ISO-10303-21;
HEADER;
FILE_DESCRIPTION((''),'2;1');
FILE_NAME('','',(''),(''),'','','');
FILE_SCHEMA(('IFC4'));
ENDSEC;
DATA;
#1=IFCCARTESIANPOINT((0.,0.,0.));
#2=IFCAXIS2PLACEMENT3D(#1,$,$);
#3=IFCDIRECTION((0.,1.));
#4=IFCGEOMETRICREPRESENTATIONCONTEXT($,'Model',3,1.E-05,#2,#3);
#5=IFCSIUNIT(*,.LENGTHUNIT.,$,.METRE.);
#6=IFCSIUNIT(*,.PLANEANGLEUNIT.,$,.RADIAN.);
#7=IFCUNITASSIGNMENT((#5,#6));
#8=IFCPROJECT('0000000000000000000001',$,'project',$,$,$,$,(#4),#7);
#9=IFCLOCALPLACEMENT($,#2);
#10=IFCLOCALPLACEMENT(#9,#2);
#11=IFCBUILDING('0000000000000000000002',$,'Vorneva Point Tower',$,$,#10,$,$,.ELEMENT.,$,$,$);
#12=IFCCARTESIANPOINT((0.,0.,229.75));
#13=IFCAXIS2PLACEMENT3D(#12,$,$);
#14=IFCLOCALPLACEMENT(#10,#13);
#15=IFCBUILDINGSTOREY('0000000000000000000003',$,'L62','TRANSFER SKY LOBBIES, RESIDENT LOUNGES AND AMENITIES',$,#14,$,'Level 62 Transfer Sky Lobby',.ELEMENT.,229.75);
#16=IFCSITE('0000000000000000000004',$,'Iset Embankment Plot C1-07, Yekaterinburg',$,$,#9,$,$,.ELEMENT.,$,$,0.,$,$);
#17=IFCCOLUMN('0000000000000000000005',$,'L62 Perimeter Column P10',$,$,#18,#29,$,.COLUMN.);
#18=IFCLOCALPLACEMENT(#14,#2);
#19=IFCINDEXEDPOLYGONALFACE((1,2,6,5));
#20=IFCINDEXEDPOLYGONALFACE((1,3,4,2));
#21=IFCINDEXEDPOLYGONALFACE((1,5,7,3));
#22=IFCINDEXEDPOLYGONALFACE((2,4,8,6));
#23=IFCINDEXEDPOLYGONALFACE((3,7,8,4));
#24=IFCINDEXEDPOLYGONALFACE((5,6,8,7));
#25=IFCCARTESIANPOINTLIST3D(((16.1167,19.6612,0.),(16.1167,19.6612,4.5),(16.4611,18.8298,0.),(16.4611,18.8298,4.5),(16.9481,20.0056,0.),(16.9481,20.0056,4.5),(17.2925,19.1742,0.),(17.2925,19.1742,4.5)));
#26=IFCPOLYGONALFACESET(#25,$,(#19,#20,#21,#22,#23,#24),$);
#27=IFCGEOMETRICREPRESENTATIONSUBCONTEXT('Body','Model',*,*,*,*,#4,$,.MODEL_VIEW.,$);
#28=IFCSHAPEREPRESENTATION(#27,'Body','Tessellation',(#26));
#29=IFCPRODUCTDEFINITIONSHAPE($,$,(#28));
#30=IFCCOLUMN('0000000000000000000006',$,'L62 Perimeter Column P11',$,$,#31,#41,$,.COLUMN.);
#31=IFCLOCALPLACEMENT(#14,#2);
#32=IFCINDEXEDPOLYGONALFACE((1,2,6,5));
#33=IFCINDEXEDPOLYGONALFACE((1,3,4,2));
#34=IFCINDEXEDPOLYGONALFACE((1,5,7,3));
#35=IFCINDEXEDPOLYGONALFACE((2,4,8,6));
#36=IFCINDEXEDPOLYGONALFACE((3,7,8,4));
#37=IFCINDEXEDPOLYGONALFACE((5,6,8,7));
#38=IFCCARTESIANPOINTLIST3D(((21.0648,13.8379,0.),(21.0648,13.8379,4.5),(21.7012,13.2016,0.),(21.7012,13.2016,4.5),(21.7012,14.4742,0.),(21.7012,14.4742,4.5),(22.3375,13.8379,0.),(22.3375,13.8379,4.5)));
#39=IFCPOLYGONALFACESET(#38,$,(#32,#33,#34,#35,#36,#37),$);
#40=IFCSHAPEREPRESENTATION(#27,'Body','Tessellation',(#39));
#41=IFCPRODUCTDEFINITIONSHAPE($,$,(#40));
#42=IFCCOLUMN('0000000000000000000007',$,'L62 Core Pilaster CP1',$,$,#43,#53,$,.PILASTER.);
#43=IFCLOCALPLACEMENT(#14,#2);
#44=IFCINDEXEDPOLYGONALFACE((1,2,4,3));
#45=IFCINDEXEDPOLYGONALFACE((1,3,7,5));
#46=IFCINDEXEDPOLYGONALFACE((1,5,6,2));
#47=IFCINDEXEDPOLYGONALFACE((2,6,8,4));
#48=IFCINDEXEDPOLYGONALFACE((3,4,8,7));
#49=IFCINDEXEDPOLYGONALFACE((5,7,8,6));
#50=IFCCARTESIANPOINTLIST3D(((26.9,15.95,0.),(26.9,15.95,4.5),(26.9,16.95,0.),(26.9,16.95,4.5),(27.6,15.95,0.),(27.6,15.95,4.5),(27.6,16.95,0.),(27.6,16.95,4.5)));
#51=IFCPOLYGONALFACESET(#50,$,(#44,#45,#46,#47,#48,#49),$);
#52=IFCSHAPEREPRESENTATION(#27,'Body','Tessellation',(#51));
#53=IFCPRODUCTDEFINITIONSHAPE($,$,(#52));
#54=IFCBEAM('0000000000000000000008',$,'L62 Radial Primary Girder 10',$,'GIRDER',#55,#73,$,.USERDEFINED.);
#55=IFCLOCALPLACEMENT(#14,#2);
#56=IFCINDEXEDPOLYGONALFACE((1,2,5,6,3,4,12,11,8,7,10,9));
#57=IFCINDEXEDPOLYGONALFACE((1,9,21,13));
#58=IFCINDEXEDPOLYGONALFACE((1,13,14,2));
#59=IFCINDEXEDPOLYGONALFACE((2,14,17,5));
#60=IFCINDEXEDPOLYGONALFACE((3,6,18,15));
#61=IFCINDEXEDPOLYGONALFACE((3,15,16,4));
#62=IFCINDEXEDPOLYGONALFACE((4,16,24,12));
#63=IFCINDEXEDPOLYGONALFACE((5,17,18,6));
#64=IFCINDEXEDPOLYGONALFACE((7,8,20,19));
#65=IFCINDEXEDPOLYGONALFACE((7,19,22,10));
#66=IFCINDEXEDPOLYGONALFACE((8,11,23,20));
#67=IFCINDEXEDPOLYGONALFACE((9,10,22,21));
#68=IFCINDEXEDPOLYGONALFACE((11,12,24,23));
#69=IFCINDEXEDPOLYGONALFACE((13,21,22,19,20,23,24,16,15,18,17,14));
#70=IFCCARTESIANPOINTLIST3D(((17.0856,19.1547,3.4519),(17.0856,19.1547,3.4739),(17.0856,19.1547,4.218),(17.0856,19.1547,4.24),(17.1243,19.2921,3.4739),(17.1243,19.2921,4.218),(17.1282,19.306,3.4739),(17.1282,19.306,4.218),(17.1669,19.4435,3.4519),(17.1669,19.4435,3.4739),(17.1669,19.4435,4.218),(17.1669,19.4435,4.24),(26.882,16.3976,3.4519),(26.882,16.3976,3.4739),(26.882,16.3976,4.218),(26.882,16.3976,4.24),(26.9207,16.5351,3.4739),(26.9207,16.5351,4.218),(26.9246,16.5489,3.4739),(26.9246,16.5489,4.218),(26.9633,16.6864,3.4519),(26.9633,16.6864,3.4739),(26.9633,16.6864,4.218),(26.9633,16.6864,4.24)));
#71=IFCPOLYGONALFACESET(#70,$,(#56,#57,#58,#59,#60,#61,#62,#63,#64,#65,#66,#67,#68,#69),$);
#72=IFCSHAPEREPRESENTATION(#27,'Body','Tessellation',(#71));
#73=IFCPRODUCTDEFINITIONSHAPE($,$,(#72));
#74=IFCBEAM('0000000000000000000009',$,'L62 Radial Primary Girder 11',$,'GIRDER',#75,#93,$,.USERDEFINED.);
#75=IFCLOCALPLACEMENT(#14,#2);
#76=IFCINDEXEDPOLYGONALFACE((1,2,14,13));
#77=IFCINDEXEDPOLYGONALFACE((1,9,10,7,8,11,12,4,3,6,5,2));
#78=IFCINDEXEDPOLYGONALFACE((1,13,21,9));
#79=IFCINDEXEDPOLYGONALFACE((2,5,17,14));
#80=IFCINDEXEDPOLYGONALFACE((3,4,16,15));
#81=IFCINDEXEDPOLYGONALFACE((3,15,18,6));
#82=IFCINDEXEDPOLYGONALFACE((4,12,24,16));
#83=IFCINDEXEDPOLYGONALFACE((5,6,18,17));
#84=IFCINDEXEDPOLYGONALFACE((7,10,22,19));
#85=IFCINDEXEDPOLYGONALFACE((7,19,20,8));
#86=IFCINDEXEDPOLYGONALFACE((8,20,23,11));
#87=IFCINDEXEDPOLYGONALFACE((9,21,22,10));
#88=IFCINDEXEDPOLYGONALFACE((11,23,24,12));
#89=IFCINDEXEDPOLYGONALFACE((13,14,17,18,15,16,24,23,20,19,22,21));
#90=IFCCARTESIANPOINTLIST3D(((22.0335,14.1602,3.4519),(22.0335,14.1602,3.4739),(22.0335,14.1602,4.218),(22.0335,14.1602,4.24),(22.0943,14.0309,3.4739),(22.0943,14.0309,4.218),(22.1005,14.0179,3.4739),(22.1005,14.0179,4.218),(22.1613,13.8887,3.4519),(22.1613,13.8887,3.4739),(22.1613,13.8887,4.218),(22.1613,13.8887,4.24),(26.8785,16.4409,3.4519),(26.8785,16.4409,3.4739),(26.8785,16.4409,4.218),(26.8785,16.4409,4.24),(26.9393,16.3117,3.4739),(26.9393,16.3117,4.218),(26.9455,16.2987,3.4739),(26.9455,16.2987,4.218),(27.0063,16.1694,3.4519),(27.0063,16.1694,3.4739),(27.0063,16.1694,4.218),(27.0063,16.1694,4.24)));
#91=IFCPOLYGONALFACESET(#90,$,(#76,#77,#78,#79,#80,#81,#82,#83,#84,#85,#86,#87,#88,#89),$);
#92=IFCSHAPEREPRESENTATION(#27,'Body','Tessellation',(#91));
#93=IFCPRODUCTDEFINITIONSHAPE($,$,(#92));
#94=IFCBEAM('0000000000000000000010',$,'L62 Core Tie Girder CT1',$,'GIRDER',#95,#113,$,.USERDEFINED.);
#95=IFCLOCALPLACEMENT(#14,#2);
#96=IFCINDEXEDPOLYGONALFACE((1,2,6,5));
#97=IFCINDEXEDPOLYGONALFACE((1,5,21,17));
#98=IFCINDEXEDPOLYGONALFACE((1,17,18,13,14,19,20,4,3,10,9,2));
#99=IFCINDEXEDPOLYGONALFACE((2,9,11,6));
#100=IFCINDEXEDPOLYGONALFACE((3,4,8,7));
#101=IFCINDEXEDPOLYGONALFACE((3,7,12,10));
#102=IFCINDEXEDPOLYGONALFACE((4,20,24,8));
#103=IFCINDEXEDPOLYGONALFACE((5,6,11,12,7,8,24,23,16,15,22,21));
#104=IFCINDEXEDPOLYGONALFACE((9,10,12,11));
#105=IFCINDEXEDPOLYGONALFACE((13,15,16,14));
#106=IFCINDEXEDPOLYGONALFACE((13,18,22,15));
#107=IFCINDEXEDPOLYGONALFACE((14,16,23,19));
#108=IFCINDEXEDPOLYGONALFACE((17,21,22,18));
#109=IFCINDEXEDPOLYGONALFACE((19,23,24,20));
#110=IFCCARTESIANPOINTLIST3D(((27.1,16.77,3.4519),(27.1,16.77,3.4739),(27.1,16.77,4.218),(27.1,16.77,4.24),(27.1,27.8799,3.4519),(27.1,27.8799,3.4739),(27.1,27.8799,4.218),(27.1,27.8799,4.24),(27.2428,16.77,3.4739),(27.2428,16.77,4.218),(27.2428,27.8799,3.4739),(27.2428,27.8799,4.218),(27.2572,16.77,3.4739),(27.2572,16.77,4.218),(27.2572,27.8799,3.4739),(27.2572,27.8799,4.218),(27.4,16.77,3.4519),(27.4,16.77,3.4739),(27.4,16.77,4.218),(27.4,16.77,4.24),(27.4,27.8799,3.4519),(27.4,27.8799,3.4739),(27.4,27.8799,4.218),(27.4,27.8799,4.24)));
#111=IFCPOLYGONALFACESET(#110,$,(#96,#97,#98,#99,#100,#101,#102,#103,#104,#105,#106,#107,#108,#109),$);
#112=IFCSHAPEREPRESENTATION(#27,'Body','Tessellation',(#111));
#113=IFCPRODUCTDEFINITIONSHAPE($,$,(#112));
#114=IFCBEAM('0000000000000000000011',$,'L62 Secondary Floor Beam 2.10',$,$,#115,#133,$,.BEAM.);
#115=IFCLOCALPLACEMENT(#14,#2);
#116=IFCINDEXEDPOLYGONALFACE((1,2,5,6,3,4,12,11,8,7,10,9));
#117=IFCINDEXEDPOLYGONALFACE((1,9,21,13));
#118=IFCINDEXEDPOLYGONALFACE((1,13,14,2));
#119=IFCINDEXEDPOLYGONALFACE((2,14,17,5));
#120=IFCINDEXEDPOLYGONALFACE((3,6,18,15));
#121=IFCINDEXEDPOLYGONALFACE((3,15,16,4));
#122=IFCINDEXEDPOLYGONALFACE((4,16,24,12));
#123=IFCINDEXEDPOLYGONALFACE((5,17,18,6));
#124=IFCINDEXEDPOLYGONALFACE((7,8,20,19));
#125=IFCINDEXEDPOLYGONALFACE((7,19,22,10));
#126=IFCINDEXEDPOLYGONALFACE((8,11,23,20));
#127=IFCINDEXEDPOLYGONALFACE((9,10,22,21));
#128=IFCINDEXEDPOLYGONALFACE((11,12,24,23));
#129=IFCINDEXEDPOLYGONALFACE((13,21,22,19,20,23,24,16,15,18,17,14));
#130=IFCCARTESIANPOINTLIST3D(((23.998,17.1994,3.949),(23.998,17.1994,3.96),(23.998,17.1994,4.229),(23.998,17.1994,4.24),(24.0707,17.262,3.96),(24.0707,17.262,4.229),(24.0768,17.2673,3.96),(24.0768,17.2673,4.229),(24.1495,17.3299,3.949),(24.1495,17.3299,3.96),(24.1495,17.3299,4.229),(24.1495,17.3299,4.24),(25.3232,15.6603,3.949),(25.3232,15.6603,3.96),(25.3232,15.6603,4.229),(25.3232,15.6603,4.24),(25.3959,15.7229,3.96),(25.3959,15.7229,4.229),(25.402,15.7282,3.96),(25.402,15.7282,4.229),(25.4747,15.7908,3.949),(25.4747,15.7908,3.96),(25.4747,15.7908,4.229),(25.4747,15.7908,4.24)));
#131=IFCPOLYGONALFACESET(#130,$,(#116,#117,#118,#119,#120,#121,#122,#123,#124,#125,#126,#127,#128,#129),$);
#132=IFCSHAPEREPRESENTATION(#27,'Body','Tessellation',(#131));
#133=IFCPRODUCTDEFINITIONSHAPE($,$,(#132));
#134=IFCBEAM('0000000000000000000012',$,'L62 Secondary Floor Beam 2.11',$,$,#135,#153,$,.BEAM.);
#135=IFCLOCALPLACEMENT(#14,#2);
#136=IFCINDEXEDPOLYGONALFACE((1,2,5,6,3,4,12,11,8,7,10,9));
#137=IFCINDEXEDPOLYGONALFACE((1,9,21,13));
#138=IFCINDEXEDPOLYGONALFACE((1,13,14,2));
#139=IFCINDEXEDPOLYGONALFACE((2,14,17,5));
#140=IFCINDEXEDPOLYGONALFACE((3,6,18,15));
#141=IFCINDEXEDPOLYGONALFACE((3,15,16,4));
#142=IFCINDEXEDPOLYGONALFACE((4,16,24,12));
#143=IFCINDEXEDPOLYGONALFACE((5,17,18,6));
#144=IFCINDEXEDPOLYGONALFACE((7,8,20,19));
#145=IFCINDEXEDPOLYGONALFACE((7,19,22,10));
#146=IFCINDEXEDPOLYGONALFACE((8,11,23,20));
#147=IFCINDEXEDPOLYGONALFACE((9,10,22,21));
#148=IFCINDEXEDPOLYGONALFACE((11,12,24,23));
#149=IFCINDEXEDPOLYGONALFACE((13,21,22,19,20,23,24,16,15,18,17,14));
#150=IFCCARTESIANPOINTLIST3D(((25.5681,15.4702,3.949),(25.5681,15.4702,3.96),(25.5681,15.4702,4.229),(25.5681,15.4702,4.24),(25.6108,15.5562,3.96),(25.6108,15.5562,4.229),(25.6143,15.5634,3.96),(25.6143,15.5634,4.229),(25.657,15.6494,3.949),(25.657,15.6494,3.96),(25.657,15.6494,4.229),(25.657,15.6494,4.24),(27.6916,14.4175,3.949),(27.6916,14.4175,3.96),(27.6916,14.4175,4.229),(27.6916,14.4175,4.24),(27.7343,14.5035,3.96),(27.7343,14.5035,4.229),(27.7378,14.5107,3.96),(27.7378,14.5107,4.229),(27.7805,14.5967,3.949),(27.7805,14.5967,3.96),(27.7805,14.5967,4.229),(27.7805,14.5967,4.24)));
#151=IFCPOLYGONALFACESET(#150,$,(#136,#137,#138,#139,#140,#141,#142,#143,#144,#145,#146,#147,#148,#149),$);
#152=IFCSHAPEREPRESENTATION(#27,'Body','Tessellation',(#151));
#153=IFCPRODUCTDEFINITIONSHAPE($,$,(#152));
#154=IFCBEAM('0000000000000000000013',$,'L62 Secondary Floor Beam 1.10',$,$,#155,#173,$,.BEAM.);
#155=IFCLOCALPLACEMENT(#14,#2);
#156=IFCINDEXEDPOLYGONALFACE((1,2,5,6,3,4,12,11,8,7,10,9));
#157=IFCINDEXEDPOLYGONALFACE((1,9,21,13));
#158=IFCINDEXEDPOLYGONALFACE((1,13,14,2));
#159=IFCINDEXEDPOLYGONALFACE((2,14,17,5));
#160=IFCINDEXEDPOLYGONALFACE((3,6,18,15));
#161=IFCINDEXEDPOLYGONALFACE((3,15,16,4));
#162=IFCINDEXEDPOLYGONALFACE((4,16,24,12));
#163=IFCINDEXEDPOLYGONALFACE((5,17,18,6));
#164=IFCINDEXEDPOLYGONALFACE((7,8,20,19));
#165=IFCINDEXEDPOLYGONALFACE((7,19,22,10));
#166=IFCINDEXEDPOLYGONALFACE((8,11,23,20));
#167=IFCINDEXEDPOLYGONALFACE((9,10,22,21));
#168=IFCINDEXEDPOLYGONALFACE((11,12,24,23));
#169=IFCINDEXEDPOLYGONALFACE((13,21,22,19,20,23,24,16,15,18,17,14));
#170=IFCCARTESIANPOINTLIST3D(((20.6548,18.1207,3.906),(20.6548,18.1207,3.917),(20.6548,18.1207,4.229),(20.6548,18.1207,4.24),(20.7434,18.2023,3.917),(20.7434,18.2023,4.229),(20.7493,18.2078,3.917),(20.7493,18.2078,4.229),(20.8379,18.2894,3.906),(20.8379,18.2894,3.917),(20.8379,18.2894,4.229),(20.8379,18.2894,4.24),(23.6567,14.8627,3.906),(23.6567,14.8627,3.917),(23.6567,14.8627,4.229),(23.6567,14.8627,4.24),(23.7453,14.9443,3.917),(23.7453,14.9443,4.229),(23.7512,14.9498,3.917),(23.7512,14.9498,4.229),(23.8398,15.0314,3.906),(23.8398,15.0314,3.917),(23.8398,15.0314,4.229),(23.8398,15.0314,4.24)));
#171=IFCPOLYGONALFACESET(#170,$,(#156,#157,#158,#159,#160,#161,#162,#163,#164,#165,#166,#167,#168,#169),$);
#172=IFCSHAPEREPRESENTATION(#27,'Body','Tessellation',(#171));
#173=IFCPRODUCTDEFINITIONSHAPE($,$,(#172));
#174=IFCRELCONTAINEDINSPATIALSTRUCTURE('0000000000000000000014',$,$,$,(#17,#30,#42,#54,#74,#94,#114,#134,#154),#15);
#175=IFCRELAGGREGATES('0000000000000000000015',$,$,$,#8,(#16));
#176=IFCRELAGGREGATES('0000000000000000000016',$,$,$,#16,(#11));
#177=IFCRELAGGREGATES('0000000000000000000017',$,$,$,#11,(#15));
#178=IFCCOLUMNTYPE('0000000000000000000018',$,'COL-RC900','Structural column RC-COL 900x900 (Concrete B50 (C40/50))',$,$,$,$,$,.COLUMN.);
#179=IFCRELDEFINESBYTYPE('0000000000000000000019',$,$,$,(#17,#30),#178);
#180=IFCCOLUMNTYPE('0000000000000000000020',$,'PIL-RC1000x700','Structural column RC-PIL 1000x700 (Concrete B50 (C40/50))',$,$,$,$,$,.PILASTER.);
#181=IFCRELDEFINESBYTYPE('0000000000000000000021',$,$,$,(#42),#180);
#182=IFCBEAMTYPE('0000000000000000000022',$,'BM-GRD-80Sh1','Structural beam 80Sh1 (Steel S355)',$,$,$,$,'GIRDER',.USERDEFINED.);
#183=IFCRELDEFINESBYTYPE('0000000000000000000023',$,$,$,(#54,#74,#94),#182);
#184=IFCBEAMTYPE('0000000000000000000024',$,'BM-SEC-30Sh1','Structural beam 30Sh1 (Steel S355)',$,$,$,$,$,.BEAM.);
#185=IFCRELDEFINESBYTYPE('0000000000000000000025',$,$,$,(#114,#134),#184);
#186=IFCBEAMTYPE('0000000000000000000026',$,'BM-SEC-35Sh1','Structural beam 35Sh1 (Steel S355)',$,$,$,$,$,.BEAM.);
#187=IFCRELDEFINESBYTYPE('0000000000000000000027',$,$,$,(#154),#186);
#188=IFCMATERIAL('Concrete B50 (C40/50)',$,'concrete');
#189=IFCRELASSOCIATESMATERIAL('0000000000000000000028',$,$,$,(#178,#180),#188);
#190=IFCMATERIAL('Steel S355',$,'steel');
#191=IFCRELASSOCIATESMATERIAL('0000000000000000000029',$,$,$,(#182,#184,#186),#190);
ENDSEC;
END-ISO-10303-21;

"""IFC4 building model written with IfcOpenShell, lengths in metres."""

from ifc_helpers import new_model, si_unit, direction, frame, origin, origin_2d, place, context, subcontext, project, spatial, rectangle, i_section, extrude, material, material_profile, profile_set, type_object, element, save


model = new_model("IFC4")

# Units and contexts
model_context = context("Model", 3, precision=1e-05, world=origin(), true_north=direction((0.0, 1.0)))
body_context = subcontext(model_context, "Body", "Model", "MODEL_VIEW")
ifc_project = project(units=[si_unit("LENGTHUNIT", "METRE"), si_unit("PLANEANGLEUNIT", "RADIAN")], contexts=[model_context])

# Site, building, storey
site_placement = place(None, origin())
site = spatial("IfcSite", under=ifc_project, at=site_placement, Name="Iset Embankment Plot C1-07, Yekaterinburg", CompositionType="ELEMENT", RefElevation=0.0)
building_placement = place(site_placement, origin())
building = spatial("IfcBuilding", under=site, at=building_placement, Name="Vorneva Point Tower", CompositionType="ELEMENT")
storey_placement = place(building_placement, frame((0.0, 0.0, 229.75)))
storey = spatial("IfcBuildingStorey", under=building, at=storey_placement, Name="L62", Description="TRANSFER SKY LOBBIES, RESIDENT LOUNGES AND AMENITIES", LongName="Level 62 Transfer Sky Lobby", CompositionType="ELEMENT", Elevation=229.75)

# Columns
ifc_material_1 = material(Name="Concrete B50 (C40/50)", Category="concrete")
ifc_material_profile_1 = material_profile(ifc_material_1, rectangle(XDim=0.8999, YDim=0.8999, at=origin_2d()), Name="RC-COL 900x900")
ifc_profile_set_1 = profile_set([ifc_material_profile_1], Name="Concrete B50 (C40/50)")
column_type_1 = type_object("IfcColumnType", Name="COL-RC900", Description="Structural column RC-COL 900x900 (Concrete B50 (C40/50))", PredefinedType="COLUMN", material=ifc_profile_set_1)
for number, where, z_axis, x_axis, name in (
    (1, (16.7046, 19.4177, 0.0), (0.0, 0.0, 1.0), (-0.92388, -0.382683, 0.0), "L62 Perimeter Column P10"),
    (2, (21.7012, 13.8379, 0.0), (0.0, 0.0, 1.0), (-0.707107, -0.707107, 0.0), "L62 Perimeter Column P11"),
):
    element("IfcColumn", number, at=place(storey_placement, frame(where, z_axis=z_axis, x_axis=x_axis)), inside=storey, type_object=column_type_1, Name=name, PredefinedType="COLUMN", context=body_context, shape_type="SweptSolid", body=[
        extrude(rectangle(XDim=0.8999, YDim=0.8999, at=origin_2d()), origin(), (0.0, 0.0, 1.0), 4.5),
    ])
ifc_material_profile_2 = material_profile(ifc_material_1, rectangle(XDim=0.7, YDim=1.0, at=origin_2d()), Name="RC-PIL 1000x700")
ifc_profile_set_2 = profile_set([ifc_material_profile_2], Name="Concrete B50 (C40/50)")
column_type_2 = type_object("IfcColumnType", Name="PIL-RC1000x700", Description="Structural column RC-PIL 1000x700 (Concrete B50 (C40/50))", PredefinedType="PILASTER", material=ifc_profile_set_2)
column_placement = place(storey_placement, frame((27.25, 16.45, 0.0), z_axis=(0.0, 0.0, 1.0), x_axis=(1.0, 0.0, 0.0)))
element("IfcColumn", 3, at=column_placement, inside=storey, type_object=column_type_2, Name="L62 Core Pilaster CP1", PredefinedType="PILASTER", context=body_context, shape_type="SweptSolid", body=[
    extrude(rectangle(XDim=0.7, YDim=1.0, at=origin_2d()), origin(), (0.0, 0.0, 1.0), 4.5),
])

# Beams
ifc_material_2 = material(Name="Steel S355", Category="steel")
ifc_material_profile_3 = material_profile(ifc_material_2, i_section(OverallWidth=0.3, OverallDepth=0.7881, WebThickness=0.0144, FlangeThickness=0.022, at=origin_2d()), Name="80Sh1")
ifc_profile_set_3 = profile_set([ifc_material_profile_3], Name="Steel S355")
beam_type_1 = type_object("IfcBeamType", Name="BM-GRD-80Sh1", Description="Structural beam 80Sh1 (Steel S355)", ElementType="GIRDER", PredefinedType="USERDEFINED", material=ifc_profile_set_3)
beam_1_placement = place(storey_placement, frame((17.1262, 19.2991, 3.8459), z_axis=(0.962604, -0.270914, 0.0), x_axis=(0.270914, 0.962604, 0.0)))
element("IfcBeam", 4, at=beam_1_placement, inside=storey, type_object=beam_type_1, Name="L62 Radial Primary Girder 10", ObjectType="GIRDER", PredefinedType="USERDEFINED", context=body_context, shape_type="SweptSolid", body=[
    extrude(i_section(OverallWidth=0.3, OverallDepth=0.7881, WebThickness=0.0144, FlangeThickness=0.022, at=origin_2d()), origin(), (0.0, 0.0, 1.0), 10.177),
])
beam_2_placement = place(storey_placement, frame((22.0974, 14.0244, 3.8459), z_axis=(0.904763, 0.425916, 0.0), x_axis=(-0.425916, 0.904763, 0.0)))
element("IfcBeam", 5, at=beam_2_placement, inside=storey, type_object=beam_type_1, Name="L62 Radial Primary Girder 11", ObjectType="GIRDER", PredefinedType="USERDEFINED", context=body_context, shape_type="SweptSolid", body=[
    extrude(i_section(OverallWidth=0.3, OverallDepth=0.7881, WebThickness=0.0144, FlangeThickness=0.022, at=origin_2d()), origin(), (0.0, 0.0, 1.0), 5.355),
])
beam_3_placement = place(storey_placement, frame((27.25, 16.77, 3.8459), z_axis=(0.0, 1.0, 0.0), x_axis=(-1.0, 0.0, 0.0)))
element("IfcBeam", 6, at=beam_3_placement, inside=storey, type_object=beam_type_1, Name="L62 Core Tie Girder CT1", ObjectType="GIRDER", PredefinedType="USERDEFINED", context=body_context, shape_type="SweptSolid", body=[
    extrude(i_section(OverallWidth=0.3, OverallDepth=0.7881, WebThickness=0.0144, FlangeThickness=0.022, at=origin_2d()), origin(), (0.0, 0.0, 1.0), 11.1099),
])
ifc_material_profile_4 = material_profile(ifc_material_2, i_section(OverallWidth=0.2, OverallDepth=0.291, WebThickness=0.0081, FlangeThickness=0.011, at=origin_2d()), Name="30Sh1")
ifc_profile_set_4 = profile_set([ifc_material_profile_4], Name="Steel S355")
beam_type_2 = type_object("IfcBeamType", Name="BM-SEC-30Sh1", Description="Structural beam 30Sh1 (Steel S355)", PredefinedType="BEAM", material=ifc_profile_set_4)
beam_4_placement = place(storey_placement, frame((24.0737, 17.2646, 4.0945), z_axis=(0.652492, -0.757795, 0.0), x_axis=(0.757795, 0.652492, 0.0)))
element("IfcBeam", 7, at=beam_4_placement, inside=storey, type_object=beam_type_2, Name="L62 Secondary Floor Beam 2.10", PredefinedType="BEAM", context=body_context, shape_type="SweptSolid", body=[
    extrude(i_section(OverallWidth=0.2, OverallDepth=0.291, WebThickness=0.0081, FlangeThickness=0.011, at=origin_2d()), origin(), (0.0, 0.0, 1.0), 2.031),
])
beam_5_placement = place(storey_placement, frame((25.6125, 15.5598, 4.0945), z_axis=(0.895946, -0.444162, 0.0), x_axis=(0.444162, 0.895946, 0.0)))
element("IfcBeam", 8, at=beam_5_placement, inside=storey, type_object=beam_type_2, Name="L62 Secondary Floor Beam 2.11", PredefinedType="BEAM", context=body_context, shape_type="SweptSolid", body=[
    extrude(i_section(OverallWidth=0.2, OverallDepth=0.291, WebThickness=0.0081, FlangeThickness=0.011, at=origin_2d()), origin(), (0.0, 0.0, 1.0), 2.3701),
])
ifc_material_profile_5 = material_profile(ifc_material_2, i_section(OverallWidth=0.249, OverallDepth=0.334, WebThickness=0.0081, FlangeThickness=0.011, at=origin_2d()), Name="35Sh1")
ifc_profile_set_5 = profile_set([ifc_material_profile_5], Name="Steel S355")
beam_type_3 = type_object("IfcBeamType", Name="BM-SEC-35Sh1", Description="Structural beam 35Sh1 (Steel S355)", PredefinedType="BEAM", material=ifc_profile_set_5)
beam_6_placement = place(storey_placement, frame((20.7463, 18.2051, 4.073), z_axis=(0.677611, -0.73542, 0.0), x_axis=(0.73542, 0.677611, 0.0)))
element("IfcBeam", 9, at=beam_6_placement, inside=storey, type_object=beam_type_3, Name="L62 Secondary Floor Beam 1.10", PredefinedType="BEAM", context=body_context, shape_type="SweptSolid", body=[
    extrude(i_section(OverallWidth=0.249, OverallDepth=0.334, WebThickness=0.0081, FlangeThickness=0.011, at=origin_2d()), origin(), (0.0, 0.0, 1.0), 4.4302),
])

save(model, "model.ifc")
